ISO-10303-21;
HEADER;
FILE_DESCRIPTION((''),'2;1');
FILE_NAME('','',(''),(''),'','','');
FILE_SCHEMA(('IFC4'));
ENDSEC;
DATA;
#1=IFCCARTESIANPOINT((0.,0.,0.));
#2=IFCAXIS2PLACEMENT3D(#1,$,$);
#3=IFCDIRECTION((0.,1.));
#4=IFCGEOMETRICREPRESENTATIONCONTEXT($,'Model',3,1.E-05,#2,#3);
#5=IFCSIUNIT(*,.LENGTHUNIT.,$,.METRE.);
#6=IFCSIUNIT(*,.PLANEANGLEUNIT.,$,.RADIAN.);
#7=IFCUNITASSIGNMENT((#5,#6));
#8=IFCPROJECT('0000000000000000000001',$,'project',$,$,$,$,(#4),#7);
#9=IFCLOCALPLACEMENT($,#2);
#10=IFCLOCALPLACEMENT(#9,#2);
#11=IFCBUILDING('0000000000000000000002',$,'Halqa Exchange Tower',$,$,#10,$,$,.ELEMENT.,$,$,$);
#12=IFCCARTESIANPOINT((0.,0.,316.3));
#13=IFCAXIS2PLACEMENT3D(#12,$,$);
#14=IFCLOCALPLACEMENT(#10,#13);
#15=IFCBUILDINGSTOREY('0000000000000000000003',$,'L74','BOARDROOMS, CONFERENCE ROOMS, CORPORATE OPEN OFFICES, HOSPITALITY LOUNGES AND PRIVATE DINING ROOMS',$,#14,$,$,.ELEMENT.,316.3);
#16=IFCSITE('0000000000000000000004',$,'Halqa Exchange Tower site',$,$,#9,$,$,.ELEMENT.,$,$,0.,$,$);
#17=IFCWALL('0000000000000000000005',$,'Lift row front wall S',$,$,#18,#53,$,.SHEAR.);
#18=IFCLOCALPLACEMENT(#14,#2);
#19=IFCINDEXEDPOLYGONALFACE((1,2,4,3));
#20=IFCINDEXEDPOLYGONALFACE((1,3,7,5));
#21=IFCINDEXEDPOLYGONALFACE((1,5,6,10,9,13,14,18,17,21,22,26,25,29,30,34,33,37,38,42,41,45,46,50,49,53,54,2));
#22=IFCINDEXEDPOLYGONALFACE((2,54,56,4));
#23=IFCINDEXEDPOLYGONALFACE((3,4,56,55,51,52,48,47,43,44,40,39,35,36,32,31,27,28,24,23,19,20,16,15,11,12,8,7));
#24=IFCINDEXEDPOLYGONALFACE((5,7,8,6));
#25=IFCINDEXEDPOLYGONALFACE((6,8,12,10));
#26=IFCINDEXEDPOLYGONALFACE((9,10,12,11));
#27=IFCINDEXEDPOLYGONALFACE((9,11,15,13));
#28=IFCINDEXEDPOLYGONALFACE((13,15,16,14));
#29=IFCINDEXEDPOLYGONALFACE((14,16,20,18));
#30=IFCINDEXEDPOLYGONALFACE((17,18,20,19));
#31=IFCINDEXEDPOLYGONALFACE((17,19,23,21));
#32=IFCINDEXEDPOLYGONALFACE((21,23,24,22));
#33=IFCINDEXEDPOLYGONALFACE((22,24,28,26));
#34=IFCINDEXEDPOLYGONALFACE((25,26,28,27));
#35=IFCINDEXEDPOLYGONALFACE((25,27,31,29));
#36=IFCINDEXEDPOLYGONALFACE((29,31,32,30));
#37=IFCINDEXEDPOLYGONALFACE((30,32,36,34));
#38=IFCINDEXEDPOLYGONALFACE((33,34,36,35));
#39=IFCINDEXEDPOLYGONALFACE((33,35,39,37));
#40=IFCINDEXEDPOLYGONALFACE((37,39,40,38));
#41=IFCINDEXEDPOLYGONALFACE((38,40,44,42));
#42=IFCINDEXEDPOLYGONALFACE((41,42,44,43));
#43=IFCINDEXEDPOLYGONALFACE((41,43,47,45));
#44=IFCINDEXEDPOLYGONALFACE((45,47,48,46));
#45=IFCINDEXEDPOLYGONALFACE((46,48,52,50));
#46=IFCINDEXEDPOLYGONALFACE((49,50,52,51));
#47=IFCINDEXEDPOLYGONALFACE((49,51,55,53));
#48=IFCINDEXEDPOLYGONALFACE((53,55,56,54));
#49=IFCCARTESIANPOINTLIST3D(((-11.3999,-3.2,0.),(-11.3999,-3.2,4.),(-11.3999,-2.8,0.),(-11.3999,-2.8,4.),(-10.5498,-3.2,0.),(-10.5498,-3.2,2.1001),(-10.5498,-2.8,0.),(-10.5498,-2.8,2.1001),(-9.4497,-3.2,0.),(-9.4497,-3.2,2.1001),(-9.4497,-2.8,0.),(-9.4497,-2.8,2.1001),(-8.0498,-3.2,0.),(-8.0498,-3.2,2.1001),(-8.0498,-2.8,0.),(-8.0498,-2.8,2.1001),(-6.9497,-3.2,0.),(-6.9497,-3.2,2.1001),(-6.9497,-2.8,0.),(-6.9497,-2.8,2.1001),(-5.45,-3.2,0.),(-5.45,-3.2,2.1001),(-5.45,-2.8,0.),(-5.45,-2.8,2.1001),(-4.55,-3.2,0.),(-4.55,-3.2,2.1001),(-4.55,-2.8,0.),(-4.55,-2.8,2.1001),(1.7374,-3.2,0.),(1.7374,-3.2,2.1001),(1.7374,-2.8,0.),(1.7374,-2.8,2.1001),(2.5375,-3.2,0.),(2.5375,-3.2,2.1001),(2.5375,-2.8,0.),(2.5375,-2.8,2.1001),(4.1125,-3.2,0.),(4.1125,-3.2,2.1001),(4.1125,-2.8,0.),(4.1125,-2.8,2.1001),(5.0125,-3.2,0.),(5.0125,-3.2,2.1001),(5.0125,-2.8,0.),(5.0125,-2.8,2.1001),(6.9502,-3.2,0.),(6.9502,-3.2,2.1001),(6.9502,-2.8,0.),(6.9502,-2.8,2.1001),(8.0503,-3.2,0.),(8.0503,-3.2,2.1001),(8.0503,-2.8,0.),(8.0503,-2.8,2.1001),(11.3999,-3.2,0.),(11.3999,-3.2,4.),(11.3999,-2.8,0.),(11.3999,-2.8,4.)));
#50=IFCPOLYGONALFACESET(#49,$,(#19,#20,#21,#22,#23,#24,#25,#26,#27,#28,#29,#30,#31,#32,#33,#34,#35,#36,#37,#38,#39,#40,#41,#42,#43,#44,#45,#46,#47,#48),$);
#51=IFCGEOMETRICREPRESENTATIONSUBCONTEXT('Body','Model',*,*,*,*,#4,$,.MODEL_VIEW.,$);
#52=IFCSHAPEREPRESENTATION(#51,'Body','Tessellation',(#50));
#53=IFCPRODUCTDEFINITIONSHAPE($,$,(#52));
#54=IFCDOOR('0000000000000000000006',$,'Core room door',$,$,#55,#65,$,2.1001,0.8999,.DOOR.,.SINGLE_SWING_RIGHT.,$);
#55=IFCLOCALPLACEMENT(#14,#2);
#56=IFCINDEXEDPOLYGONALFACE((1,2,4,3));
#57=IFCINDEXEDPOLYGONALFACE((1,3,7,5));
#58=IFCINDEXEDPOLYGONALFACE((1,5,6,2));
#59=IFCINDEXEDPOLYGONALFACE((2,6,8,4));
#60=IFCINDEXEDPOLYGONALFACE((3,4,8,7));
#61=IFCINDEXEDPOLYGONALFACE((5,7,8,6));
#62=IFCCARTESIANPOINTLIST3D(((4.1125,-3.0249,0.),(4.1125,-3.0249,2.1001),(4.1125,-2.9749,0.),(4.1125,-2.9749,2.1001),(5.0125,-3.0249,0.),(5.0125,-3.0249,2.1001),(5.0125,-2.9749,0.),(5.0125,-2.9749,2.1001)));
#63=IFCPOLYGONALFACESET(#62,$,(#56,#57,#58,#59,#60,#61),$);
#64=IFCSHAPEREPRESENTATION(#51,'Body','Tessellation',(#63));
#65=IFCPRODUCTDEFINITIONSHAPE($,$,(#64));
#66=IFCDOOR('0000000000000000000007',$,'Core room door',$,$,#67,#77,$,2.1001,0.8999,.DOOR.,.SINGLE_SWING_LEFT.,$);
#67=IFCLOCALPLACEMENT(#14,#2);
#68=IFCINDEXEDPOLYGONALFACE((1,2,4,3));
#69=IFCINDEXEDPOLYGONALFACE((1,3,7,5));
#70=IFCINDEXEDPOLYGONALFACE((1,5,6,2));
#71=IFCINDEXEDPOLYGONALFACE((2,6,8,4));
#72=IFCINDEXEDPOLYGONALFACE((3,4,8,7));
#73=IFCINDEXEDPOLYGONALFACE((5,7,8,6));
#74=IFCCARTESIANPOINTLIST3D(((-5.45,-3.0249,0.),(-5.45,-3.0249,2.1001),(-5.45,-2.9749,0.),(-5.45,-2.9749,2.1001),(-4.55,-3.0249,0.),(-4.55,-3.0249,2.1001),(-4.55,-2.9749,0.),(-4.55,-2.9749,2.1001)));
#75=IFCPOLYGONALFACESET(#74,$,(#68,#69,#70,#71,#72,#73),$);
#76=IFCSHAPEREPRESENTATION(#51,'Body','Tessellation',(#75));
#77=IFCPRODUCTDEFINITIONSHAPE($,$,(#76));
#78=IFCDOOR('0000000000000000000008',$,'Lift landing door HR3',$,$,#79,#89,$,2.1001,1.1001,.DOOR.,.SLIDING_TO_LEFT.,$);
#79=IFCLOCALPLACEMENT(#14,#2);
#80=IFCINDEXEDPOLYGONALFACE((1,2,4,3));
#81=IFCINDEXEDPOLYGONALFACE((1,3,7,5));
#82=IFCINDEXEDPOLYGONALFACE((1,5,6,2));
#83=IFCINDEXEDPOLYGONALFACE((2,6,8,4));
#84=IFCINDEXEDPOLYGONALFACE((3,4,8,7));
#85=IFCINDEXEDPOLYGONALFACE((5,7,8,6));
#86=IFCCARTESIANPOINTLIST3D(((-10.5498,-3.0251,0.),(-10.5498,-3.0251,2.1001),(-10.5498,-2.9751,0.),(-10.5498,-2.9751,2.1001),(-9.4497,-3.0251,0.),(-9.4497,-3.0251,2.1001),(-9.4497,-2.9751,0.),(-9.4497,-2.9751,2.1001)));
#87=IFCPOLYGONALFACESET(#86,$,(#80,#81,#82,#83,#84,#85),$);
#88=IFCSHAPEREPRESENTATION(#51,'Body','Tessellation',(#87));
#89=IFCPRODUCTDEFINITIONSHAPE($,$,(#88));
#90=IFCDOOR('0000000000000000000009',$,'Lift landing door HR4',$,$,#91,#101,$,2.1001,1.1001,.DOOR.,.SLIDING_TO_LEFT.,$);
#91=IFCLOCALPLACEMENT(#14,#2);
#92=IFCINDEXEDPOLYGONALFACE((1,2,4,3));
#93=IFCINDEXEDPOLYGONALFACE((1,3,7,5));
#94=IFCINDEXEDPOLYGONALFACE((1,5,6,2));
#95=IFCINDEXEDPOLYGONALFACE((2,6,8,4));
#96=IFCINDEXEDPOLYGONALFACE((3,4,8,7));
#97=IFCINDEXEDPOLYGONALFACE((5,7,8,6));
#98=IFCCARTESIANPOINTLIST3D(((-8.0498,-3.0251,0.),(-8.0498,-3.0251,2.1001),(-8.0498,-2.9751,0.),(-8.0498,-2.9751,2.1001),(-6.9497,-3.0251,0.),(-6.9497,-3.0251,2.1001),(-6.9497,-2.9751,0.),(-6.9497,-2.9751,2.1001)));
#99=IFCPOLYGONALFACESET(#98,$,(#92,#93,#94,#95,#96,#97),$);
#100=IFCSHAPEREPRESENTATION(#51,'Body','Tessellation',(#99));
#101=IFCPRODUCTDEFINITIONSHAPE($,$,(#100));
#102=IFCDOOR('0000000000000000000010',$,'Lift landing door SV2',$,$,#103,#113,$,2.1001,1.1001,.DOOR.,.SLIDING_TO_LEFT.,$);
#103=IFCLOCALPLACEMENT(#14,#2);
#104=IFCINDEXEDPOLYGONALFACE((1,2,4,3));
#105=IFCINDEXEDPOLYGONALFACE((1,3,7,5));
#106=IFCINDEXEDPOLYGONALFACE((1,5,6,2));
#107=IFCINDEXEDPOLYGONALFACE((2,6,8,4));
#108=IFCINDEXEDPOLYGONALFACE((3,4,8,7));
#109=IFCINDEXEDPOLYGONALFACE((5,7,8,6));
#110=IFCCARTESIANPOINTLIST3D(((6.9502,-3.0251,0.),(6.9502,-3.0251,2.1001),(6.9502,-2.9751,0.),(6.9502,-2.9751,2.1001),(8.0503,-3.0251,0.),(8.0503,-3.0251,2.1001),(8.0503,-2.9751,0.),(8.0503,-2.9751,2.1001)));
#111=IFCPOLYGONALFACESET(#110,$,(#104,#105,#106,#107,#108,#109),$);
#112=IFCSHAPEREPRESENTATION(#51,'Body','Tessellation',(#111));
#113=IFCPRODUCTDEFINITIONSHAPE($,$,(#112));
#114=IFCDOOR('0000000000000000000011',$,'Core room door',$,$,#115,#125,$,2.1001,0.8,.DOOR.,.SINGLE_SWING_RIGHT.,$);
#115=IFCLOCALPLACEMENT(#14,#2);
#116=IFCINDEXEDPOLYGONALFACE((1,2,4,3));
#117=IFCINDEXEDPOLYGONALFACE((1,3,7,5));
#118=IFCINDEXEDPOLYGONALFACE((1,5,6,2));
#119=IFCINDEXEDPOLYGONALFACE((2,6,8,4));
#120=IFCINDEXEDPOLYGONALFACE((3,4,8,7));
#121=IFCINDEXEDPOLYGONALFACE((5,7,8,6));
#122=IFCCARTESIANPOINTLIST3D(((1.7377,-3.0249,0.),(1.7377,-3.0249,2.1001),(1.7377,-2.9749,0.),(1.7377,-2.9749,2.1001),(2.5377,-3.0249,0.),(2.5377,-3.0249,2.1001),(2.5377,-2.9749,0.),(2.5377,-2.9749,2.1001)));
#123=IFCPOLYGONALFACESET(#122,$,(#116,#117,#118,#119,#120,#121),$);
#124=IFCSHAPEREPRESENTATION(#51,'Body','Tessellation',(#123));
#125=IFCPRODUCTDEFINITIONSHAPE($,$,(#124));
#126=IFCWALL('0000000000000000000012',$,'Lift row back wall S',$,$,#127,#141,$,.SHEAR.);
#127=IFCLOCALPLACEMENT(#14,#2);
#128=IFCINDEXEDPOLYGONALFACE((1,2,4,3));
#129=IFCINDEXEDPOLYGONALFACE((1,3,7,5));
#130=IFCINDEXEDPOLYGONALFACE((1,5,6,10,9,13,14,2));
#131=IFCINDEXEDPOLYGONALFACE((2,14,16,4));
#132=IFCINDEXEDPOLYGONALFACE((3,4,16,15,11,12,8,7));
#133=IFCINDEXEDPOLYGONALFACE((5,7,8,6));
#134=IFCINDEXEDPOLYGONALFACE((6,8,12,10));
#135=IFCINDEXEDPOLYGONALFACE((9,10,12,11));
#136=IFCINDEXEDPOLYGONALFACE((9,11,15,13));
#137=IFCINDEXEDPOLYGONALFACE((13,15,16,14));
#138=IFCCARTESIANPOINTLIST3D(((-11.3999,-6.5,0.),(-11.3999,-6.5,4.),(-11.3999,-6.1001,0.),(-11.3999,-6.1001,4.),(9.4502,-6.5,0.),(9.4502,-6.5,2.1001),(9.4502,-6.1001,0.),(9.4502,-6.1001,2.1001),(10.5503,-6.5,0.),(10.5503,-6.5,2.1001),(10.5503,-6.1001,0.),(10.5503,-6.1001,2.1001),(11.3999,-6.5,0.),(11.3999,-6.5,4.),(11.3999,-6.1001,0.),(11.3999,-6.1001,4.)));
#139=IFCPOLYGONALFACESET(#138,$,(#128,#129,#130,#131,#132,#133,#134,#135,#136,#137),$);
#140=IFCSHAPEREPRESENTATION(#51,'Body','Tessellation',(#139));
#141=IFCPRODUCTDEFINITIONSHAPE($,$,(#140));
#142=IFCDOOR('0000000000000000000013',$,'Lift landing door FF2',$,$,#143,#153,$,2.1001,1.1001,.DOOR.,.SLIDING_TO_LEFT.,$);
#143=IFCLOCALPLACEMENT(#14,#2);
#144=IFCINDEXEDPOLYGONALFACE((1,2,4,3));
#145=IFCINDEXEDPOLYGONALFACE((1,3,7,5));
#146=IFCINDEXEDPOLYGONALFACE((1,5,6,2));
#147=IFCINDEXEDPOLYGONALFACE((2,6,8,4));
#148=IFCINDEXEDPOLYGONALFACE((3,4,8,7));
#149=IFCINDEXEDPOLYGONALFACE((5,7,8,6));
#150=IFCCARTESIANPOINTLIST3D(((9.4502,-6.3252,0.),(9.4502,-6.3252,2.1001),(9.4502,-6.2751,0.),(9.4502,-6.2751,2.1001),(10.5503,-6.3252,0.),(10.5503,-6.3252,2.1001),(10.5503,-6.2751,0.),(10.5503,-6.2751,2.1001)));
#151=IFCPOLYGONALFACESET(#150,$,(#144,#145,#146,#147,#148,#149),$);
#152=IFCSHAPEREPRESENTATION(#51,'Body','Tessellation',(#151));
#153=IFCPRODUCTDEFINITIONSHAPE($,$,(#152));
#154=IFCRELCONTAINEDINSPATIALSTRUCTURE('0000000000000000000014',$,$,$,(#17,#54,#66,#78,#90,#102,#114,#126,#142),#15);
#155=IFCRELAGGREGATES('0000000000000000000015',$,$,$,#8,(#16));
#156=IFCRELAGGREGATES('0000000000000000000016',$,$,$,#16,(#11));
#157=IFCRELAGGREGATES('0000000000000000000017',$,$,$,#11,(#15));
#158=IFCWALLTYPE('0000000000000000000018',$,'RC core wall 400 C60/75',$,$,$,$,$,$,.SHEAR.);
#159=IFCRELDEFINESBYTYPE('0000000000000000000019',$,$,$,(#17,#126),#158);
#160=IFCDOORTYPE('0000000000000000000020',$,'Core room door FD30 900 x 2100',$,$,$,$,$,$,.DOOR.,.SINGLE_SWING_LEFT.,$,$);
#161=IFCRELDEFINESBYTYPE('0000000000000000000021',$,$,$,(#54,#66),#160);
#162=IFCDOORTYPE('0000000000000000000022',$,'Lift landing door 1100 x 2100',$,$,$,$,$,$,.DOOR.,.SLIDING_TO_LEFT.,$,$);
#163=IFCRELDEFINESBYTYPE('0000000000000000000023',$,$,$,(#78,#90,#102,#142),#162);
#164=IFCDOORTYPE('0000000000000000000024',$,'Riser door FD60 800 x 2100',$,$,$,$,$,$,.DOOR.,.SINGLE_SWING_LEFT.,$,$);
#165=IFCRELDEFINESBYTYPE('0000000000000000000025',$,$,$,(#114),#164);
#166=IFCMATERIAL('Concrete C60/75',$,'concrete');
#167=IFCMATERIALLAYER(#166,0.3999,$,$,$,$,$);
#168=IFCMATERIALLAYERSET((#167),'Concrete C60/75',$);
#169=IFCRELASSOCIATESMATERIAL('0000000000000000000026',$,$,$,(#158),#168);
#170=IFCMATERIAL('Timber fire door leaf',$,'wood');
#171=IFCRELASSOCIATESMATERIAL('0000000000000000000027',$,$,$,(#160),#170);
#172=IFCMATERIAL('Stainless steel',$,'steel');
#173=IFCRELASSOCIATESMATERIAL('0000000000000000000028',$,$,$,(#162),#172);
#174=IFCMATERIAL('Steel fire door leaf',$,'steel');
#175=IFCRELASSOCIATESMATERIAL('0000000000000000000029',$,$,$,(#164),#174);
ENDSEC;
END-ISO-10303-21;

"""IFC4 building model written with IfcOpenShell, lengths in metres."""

from ifc_helpers import new_model, si_unit, direction, frame, frame_2d, origin, place, context, subcontext, project, spatial, rectangle, extrude, material, layer, layer_set, type_object, element, fill, save


model = new_model("IFC4")

# Units and contexts
model_context = context("Model", 3, precision=1e-05, world=origin(), true_north=direction((0.0, 1.0)))
body_context = subcontext(model_context, "Body", "Model", "MODEL_VIEW")
ifc_project = project(units=[si_unit("LENGTHUNIT", "METRE"), si_unit("PLANEANGLEUNIT", "RADIAN")], contexts=[model_context])

# Site, building, storey
site_placement = place(None, origin())
site = spatial("IfcSite", under=ifc_project, at=site_placement, Name="Halqa Exchange Tower site", CompositionType="ELEMENT", RefElevation=0.0)
building_placement = place(site_placement, origin())
building = spatial("IfcBuilding", under=site, at=building_placement, Name="Halqa Exchange Tower", CompositionType="ELEMENT")
storey_placement = place(building_placement, frame((0.0, 0.0, 316.3)))
storey = spatial("IfcBuildingStorey", under=building, at=storey_placement, Name="L74", Description="BOARDROOMS, CONFERENCE ROOMS, CORPORATE OPEN OFFICES, HOSPITALITY LOUNGES AND PRIVATE DINING ROOMS", CompositionType="ELEMENT", Elevation=316.3)

# Shared definitions
ifc_material_1 = material(Name="Concrete C60/75", Category="concrete")

# Wall, openings, doors
ifc_layer_1 = layer(ifc_material_1, 0.3999)
ifc_layer_set_1 = layer_set([ifc_layer_1], Name="Concrete C60/75")
wall_type_1 = type_object("IfcWallType", Name="RC core wall 400 C60/75", PredefinedType="SHEAR", material=ifc_layer_set_1)
wall_1_placement = place(storey_placement, frame((-11.3999, -3.0, 0.0), z_axis=(0.0, 0.0, 1.0), x_axis=(1.0, 0.0, 0.0)))
wall_1 = element("IfcWall", 1, at=wall_1_placement, inside=storey, type_object=wall_type_1, Name="Lift row front wall S", PredefinedType="SHEAR", context=body_context, shape_type="SweptSolid", body=[
    extrude(rectangle(XDim=22.7998, YDim=0.3999, at=frame_2d((11.3999, 0.0))), origin(), (0.0, 0.0, 1.0), 4.0),
])
opening_1_placement = place(wall_1_placement, frame((0.8501, 0.0, 0.0)))
opening_1 = element("IfcOpeningElement", 2, at=opening_1_placement, cuts=wall_1, PredefinedType="OPENING", context=body_context, shape_type="SweptSolid", body=[
    extrude(rectangle(XDim=1.1001, YDim=2.1001, at=frame_2d((0.55, 1.05))), frame((0.0, 0.2119, 0.0), z_axis=(0.0, -1.0, 0.0), x_axis=(1.0, 0.0, 0.0)), (0.0, 0.0, 1.0), 0.4238),
])
opening_2_placement = place(wall_1_placement, frame((3.3501, 0.0, 0.0)))
opening_2 = element("IfcOpeningElement", 3, at=opening_2_placement, cuts=wall_1, PredefinedType="OPENING", context=body_context, shape_type="SweptSolid", body=[
    extrude(rectangle(XDim=1.1001, YDim=2.1001, at=frame_2d((0.55, 1.05))), frame((0.0, 0.2119, 0.0), z_axis=(0.0, -1.0, 0.0), x_axis=(1.0, 0.0, 0.0)), (0.0, 0.0, 1.0), 0.4238),
])
opening_3_placement = place(wall_1_placement, frame((18.3501, 0.0, 0.0)))
opening_3 = element("IfcOpeningElement", 4, at=opening_3_placement, cuts=wall_1, PredefinedType="OPENING", context=body_context, shape_type="SweptSolid", body=[
    extrude(rectangle(XDim=1.1001, YDim=2.1001, at=frame_2d((0.55, 1.05))), frame((0.0, 0.2119, 0.0), z_axis=(0.0, -1.0, 0.0), x_axis=(1.0, 0.0, 0.0)), (0.0, 0.0, 1.0), 0.4238),
])
opening_4_placement = place(wall_1_placement, frame((13.1375, 0.0, 0.0)))
opening_4 = element("IfcOpeningElement", 5, at=opening_4_placement, cuts=wall_1, PredefinedType="OPENING", context=body_context, shape_type="SweptSolid", body=[
    extrude(rectangle(XDim=0.8, YDim=2.1001, at=frame_2d((0.3999, 1.05))), frame((0.0, 0.2119, 0.0), z_axis=(0.0, -1.0, 0.0), x_axis=(1.0, 0.0, 0.0)), (0.0, 0.0, 1.0), 0.4238),
])
opening_5_placement = place(wall_1_placement, frame((15.5125, 0.0, 0.0)))
opening_5 = element("IfcOpeningElement", 6, at=opening_5_placement, cuts=wall_1, PredefinedType="OPENING", context=body_context, shape_type="SweptSolid", body=[
    extrude(rectangle(XDim=0.8999, YDim=2.1001, at=frame_2d((0.45, 1.05))), frame((0.0, 0.2119, 0.0), z_axis=(0.0, -1.0, 0.0), x_axis=(1.0, 0.0, 0.0)), (0.0, 0.0, 1.0), 0.4238),
])
opening_6_placement = place(wall_1_placement, frame((5.95, 0.0, 0.0)))
opening_6 = element("IfcOpeningElement", 7, at=opening_6_placement, cuts=wall_1, PredefinedType="OPENING", context=body_context, shape_type="SweptSolid", body=[
    extrude(rectangle(XDim=0.8999, YDim=2.1001, at=frame_2d((0.45, 1.05))), frame((0.0, 0.2119, 0.0), z_axis=(0.0, -1.0, 0.0), x_axis=(1.0, 0.0, 0.0)), (0.0, 0.0, 1.0), 0.4238),
])
ifc_material_2 = material(Name="Timber fire door leaf", Category="wood")
door_type_1 = type_object("IfcDoorType", Name="Core room door FD30 900 x 2100", OperationType="SINGLE_SWING_LEFT", PredefinedType="DOOR", material=ifc_material_2)
door_1_placement = place(opening_5_placement, frame((0.8999, 0.0, 0.0), z_axis=(0.0, 0.0, 1.0), x_axis=(-1.0, 0.0, 0.0)))
door_1 = element("IfcDoor", 8, at=door_1_placement, inside=storey, type_object=door_type_1, Name="Core room door", OperationType="SINGLE_SWING_RIGHT", OverallHeight=2.1001, OverallWidth=0.8999, PredefinedType="DOOR", context=body_context, shape_type="SweptSolid", body=[
    extrude(rectangle(XDim=0.8999, YDim=2.1001, at=frame_2d((0.45, 1.05))), frame((0.0, 0.0249, 0.0), z_axis=(0.0, -1.0, 0.0), x_axis=(1.0, 0.0, 0.0)), (0.0, 0.0, 1.0), 0.05),
])
fill(opening_5, door_1)
door_2_placement = place(opening_6_placement, frame((0.8999, 0.0, 0.0), z_axis=(0.0, 0.0, 1.0), x_axis=(-1.0, 0.0, 0.0)))
door_2 = element("IfcDoor", 9, at=door_2_placement, inside=storey, type_object=door_type_1, Name="Core room door", OperationType="SINGLE_SWING_LEFT", OverallHeight=2.1001, OverallWidth=0.8999, PredefinedType="DOOR", context=body_context, shape_type="SweptSolid", body=[
    extrude(rectangle(XDim=0.8999, YDim=2.1001, at=frame_2d((0.45, 1.05))), frame((0.0, 0.0249, 0.0), z_axis=(0.0, -1.0, 0.0), x_axis=(1.0, 0.0, 0.0)), (0.0, 0.0, 1.0), 0.05),
])
fill(opening_6, door_2)
ifc_material_3 = material(Name="Stainless steel", Category="steel")
door_type_2 = type_object("IfcDoorType", Name="Lift landing door 1100 x 2100", OperationType="SLIDING_TO_LEFT", PredefinedType="DOOR", material=ifc_material_3)
door_3_placement = place(opening_1_placement, origin())
door_3 = element("IfcDoor", 10, at=door_3_placement, inside=storey, type_object=door_type_2, Name="Lift landing door HR3", OperationType="SLIDING_TO_LEFT", OverallHeight=2.1001, OverallWidth=1.1001, PredefinedType="DOOR", context=body_context, shape_type="SweptSolid", body=[
    extrude(rectangle(XDim=1.1001, YDim=2.1001, at=frame_2d((0.55, 1.05))), frame((0.0, 0.0249, 0.0), z_axis=(0.0, -1.0, 0.0), x_axis=(1.0, 0.0, 0.0)), (0.0, 0.0, 1.0), 0.05),
])
fill(opening_1, door_3)
door_4_placement = place(opening_2_placement, origin())
door_4 = element("IfcDoor", 11, at=door_4_placement, inside=storey, type_object=door_type_2, Name="Lift landing door HR4", OperationType="SLIDING_TO_LEFT", OverallHeight=2.1001, OverallWidth=1.1001, PredefinedType="DOOR", context=body_context, shape_type="SweptSolid", body=[
    extrude(rectangle(XDim=1.1001, YDim=2.1001, at=frame_2d((0.55, 1.05))), frame((0.0, 0.0249, 0.0), z_axis=(0.0, -1.0, 0.0), x_axis=(1.0, 0.0, 0.0)), (0.0, 0.0, 1.0), 0.05),
])
fill(opening_2, door_4)
door_5_placement = place(opening_3_placement, origin())
door_5 = element("IfcDoor", 12, at=door_5_placement, inside=storey, type_object=door_type_2, Name="Lift landing door SV2", OperationType="SLIDING_TO_LEFT", OverallHeight=2.1001, OverallWidth=1.1001, PredefinedType="DOOR", context=body_context, shape_type="SweptSolid", body=[
    extrude(rectangle(XDim=1.1001, YDim=2.1001, at=frame_2d((0.55, 1.05))), frame((0.0, 0.0249, 0.0), z_axis=(0.0, -1.0, 0.0), x_axis=(1.0, 0.0, 0.0)), (0.0, 0.0, 1.0), 0.05),
])
fill(opening_3, door_5)
ifc_material_4 = material(Name="Steel fire door leaf", Category="steel")
door_type_3 = type_object("IfcDoorType", Name="Riser door FD60 800 x 2100", OperationType="SINGLE_SWING_LEFT", PredefinedType="DOOR", material=ifc_material_4)
door_6_placement = place(opening_4_placement, frame((0.8, 0.0, 0.0), z_axis=(0.0, 0.0, 1.0), x_axis=(-1.0, 0.0, 0.0)))
door_6 = element("IfcDoor", 13, at=door_6_placement, inside=storey, type_object=door_type_3, Name="Core room door", OperationType="SINGLE_SWING_RIGHT", OverallHeight=2.1001, OverallWidth=0.8, PredefinedType="DOOR", context=body_context, shape_type="SweptSolid", body=[
    extrude(rectangle(XDim=0.8, YDim=2.1001, at=frame_2d((0.3999, 1.05))), frame((0.0, 0.0249, 0.0), z_axis=(0.0, -1.0, 0.0), x_axis=(1.0, 0.0, 0.0)), (0.0, 0.0, 1.0), 0.05),
])
fill(opening_4, door_6)

# Wall, opening, door
wall_2_placement = place(storey_placement, frame((-11.3999, -6.3, 0.0), z_axis=(0.0, 0.0, 1.0), x_axis=(1.0, 0.0, 0.0)))
wall_2 = element("IfcWall", 14, at=wall_2_placement, inside=storey, type_object=wall_type_1, Name="Lift row back wall S", PredefinedType="SHEAR", context=body_context, shape_type="SweptSolid", body=[
    extrude(rectangle(XDim=22.7998, YDim=0.3999, at=frame_2d((11.3999, 0.0))), origin(), (0.0, 0.0, 1.0), 4.0),
])
opening_7_placement = place(wall_2_placement, frame((20.8501, 0.0, 0.0)))
opening_7 = element("IfcOpeningElement", 15, at=opening_7_placement, cuts=wall_2, PredefinedType="OPENING", context=body_context, shape_type="SweptSolid", body=[
    extrude(rectangle(XDim=1.1001, YDim=2.1001, at=frame_2d((0.55, 1.05))), frame((0.0, 0.2119, 0.0), z_axis=(0.0, -1.0, 0.0), x_axis=(1.0, 0.0, 0.0)), (0.0, 0.0, 1.0), 0.4238),
])
door_7_placement = place(opening_7_placement, origin())
door_7 = element("IfcDoor", 16, at=door_7_placement, inside=storey, type_object=door_type_2, Name="Lift landing door FF2", OperationType="SLIDING_TO_LEFT", OverallHeight=2.1001, OverallWidth=1.1001, PredefinedType="DOOR", context=body_context, shape_type="SweptSolid", body=[
    extrude(rectangle(XDim=1.1001, YDim=2.1001, at=frame_2d((0.55, 1.05))), frame((0.0, 0.0249, 0.0), z_axis=(0.0, -1.0, 0.0), x_axis=(1.0, 0.0, 0.0)), (0.0, 0.0, 1.0), 0.05),
])
fill(opening_7, door_7)

save(model, "model.ifc")
